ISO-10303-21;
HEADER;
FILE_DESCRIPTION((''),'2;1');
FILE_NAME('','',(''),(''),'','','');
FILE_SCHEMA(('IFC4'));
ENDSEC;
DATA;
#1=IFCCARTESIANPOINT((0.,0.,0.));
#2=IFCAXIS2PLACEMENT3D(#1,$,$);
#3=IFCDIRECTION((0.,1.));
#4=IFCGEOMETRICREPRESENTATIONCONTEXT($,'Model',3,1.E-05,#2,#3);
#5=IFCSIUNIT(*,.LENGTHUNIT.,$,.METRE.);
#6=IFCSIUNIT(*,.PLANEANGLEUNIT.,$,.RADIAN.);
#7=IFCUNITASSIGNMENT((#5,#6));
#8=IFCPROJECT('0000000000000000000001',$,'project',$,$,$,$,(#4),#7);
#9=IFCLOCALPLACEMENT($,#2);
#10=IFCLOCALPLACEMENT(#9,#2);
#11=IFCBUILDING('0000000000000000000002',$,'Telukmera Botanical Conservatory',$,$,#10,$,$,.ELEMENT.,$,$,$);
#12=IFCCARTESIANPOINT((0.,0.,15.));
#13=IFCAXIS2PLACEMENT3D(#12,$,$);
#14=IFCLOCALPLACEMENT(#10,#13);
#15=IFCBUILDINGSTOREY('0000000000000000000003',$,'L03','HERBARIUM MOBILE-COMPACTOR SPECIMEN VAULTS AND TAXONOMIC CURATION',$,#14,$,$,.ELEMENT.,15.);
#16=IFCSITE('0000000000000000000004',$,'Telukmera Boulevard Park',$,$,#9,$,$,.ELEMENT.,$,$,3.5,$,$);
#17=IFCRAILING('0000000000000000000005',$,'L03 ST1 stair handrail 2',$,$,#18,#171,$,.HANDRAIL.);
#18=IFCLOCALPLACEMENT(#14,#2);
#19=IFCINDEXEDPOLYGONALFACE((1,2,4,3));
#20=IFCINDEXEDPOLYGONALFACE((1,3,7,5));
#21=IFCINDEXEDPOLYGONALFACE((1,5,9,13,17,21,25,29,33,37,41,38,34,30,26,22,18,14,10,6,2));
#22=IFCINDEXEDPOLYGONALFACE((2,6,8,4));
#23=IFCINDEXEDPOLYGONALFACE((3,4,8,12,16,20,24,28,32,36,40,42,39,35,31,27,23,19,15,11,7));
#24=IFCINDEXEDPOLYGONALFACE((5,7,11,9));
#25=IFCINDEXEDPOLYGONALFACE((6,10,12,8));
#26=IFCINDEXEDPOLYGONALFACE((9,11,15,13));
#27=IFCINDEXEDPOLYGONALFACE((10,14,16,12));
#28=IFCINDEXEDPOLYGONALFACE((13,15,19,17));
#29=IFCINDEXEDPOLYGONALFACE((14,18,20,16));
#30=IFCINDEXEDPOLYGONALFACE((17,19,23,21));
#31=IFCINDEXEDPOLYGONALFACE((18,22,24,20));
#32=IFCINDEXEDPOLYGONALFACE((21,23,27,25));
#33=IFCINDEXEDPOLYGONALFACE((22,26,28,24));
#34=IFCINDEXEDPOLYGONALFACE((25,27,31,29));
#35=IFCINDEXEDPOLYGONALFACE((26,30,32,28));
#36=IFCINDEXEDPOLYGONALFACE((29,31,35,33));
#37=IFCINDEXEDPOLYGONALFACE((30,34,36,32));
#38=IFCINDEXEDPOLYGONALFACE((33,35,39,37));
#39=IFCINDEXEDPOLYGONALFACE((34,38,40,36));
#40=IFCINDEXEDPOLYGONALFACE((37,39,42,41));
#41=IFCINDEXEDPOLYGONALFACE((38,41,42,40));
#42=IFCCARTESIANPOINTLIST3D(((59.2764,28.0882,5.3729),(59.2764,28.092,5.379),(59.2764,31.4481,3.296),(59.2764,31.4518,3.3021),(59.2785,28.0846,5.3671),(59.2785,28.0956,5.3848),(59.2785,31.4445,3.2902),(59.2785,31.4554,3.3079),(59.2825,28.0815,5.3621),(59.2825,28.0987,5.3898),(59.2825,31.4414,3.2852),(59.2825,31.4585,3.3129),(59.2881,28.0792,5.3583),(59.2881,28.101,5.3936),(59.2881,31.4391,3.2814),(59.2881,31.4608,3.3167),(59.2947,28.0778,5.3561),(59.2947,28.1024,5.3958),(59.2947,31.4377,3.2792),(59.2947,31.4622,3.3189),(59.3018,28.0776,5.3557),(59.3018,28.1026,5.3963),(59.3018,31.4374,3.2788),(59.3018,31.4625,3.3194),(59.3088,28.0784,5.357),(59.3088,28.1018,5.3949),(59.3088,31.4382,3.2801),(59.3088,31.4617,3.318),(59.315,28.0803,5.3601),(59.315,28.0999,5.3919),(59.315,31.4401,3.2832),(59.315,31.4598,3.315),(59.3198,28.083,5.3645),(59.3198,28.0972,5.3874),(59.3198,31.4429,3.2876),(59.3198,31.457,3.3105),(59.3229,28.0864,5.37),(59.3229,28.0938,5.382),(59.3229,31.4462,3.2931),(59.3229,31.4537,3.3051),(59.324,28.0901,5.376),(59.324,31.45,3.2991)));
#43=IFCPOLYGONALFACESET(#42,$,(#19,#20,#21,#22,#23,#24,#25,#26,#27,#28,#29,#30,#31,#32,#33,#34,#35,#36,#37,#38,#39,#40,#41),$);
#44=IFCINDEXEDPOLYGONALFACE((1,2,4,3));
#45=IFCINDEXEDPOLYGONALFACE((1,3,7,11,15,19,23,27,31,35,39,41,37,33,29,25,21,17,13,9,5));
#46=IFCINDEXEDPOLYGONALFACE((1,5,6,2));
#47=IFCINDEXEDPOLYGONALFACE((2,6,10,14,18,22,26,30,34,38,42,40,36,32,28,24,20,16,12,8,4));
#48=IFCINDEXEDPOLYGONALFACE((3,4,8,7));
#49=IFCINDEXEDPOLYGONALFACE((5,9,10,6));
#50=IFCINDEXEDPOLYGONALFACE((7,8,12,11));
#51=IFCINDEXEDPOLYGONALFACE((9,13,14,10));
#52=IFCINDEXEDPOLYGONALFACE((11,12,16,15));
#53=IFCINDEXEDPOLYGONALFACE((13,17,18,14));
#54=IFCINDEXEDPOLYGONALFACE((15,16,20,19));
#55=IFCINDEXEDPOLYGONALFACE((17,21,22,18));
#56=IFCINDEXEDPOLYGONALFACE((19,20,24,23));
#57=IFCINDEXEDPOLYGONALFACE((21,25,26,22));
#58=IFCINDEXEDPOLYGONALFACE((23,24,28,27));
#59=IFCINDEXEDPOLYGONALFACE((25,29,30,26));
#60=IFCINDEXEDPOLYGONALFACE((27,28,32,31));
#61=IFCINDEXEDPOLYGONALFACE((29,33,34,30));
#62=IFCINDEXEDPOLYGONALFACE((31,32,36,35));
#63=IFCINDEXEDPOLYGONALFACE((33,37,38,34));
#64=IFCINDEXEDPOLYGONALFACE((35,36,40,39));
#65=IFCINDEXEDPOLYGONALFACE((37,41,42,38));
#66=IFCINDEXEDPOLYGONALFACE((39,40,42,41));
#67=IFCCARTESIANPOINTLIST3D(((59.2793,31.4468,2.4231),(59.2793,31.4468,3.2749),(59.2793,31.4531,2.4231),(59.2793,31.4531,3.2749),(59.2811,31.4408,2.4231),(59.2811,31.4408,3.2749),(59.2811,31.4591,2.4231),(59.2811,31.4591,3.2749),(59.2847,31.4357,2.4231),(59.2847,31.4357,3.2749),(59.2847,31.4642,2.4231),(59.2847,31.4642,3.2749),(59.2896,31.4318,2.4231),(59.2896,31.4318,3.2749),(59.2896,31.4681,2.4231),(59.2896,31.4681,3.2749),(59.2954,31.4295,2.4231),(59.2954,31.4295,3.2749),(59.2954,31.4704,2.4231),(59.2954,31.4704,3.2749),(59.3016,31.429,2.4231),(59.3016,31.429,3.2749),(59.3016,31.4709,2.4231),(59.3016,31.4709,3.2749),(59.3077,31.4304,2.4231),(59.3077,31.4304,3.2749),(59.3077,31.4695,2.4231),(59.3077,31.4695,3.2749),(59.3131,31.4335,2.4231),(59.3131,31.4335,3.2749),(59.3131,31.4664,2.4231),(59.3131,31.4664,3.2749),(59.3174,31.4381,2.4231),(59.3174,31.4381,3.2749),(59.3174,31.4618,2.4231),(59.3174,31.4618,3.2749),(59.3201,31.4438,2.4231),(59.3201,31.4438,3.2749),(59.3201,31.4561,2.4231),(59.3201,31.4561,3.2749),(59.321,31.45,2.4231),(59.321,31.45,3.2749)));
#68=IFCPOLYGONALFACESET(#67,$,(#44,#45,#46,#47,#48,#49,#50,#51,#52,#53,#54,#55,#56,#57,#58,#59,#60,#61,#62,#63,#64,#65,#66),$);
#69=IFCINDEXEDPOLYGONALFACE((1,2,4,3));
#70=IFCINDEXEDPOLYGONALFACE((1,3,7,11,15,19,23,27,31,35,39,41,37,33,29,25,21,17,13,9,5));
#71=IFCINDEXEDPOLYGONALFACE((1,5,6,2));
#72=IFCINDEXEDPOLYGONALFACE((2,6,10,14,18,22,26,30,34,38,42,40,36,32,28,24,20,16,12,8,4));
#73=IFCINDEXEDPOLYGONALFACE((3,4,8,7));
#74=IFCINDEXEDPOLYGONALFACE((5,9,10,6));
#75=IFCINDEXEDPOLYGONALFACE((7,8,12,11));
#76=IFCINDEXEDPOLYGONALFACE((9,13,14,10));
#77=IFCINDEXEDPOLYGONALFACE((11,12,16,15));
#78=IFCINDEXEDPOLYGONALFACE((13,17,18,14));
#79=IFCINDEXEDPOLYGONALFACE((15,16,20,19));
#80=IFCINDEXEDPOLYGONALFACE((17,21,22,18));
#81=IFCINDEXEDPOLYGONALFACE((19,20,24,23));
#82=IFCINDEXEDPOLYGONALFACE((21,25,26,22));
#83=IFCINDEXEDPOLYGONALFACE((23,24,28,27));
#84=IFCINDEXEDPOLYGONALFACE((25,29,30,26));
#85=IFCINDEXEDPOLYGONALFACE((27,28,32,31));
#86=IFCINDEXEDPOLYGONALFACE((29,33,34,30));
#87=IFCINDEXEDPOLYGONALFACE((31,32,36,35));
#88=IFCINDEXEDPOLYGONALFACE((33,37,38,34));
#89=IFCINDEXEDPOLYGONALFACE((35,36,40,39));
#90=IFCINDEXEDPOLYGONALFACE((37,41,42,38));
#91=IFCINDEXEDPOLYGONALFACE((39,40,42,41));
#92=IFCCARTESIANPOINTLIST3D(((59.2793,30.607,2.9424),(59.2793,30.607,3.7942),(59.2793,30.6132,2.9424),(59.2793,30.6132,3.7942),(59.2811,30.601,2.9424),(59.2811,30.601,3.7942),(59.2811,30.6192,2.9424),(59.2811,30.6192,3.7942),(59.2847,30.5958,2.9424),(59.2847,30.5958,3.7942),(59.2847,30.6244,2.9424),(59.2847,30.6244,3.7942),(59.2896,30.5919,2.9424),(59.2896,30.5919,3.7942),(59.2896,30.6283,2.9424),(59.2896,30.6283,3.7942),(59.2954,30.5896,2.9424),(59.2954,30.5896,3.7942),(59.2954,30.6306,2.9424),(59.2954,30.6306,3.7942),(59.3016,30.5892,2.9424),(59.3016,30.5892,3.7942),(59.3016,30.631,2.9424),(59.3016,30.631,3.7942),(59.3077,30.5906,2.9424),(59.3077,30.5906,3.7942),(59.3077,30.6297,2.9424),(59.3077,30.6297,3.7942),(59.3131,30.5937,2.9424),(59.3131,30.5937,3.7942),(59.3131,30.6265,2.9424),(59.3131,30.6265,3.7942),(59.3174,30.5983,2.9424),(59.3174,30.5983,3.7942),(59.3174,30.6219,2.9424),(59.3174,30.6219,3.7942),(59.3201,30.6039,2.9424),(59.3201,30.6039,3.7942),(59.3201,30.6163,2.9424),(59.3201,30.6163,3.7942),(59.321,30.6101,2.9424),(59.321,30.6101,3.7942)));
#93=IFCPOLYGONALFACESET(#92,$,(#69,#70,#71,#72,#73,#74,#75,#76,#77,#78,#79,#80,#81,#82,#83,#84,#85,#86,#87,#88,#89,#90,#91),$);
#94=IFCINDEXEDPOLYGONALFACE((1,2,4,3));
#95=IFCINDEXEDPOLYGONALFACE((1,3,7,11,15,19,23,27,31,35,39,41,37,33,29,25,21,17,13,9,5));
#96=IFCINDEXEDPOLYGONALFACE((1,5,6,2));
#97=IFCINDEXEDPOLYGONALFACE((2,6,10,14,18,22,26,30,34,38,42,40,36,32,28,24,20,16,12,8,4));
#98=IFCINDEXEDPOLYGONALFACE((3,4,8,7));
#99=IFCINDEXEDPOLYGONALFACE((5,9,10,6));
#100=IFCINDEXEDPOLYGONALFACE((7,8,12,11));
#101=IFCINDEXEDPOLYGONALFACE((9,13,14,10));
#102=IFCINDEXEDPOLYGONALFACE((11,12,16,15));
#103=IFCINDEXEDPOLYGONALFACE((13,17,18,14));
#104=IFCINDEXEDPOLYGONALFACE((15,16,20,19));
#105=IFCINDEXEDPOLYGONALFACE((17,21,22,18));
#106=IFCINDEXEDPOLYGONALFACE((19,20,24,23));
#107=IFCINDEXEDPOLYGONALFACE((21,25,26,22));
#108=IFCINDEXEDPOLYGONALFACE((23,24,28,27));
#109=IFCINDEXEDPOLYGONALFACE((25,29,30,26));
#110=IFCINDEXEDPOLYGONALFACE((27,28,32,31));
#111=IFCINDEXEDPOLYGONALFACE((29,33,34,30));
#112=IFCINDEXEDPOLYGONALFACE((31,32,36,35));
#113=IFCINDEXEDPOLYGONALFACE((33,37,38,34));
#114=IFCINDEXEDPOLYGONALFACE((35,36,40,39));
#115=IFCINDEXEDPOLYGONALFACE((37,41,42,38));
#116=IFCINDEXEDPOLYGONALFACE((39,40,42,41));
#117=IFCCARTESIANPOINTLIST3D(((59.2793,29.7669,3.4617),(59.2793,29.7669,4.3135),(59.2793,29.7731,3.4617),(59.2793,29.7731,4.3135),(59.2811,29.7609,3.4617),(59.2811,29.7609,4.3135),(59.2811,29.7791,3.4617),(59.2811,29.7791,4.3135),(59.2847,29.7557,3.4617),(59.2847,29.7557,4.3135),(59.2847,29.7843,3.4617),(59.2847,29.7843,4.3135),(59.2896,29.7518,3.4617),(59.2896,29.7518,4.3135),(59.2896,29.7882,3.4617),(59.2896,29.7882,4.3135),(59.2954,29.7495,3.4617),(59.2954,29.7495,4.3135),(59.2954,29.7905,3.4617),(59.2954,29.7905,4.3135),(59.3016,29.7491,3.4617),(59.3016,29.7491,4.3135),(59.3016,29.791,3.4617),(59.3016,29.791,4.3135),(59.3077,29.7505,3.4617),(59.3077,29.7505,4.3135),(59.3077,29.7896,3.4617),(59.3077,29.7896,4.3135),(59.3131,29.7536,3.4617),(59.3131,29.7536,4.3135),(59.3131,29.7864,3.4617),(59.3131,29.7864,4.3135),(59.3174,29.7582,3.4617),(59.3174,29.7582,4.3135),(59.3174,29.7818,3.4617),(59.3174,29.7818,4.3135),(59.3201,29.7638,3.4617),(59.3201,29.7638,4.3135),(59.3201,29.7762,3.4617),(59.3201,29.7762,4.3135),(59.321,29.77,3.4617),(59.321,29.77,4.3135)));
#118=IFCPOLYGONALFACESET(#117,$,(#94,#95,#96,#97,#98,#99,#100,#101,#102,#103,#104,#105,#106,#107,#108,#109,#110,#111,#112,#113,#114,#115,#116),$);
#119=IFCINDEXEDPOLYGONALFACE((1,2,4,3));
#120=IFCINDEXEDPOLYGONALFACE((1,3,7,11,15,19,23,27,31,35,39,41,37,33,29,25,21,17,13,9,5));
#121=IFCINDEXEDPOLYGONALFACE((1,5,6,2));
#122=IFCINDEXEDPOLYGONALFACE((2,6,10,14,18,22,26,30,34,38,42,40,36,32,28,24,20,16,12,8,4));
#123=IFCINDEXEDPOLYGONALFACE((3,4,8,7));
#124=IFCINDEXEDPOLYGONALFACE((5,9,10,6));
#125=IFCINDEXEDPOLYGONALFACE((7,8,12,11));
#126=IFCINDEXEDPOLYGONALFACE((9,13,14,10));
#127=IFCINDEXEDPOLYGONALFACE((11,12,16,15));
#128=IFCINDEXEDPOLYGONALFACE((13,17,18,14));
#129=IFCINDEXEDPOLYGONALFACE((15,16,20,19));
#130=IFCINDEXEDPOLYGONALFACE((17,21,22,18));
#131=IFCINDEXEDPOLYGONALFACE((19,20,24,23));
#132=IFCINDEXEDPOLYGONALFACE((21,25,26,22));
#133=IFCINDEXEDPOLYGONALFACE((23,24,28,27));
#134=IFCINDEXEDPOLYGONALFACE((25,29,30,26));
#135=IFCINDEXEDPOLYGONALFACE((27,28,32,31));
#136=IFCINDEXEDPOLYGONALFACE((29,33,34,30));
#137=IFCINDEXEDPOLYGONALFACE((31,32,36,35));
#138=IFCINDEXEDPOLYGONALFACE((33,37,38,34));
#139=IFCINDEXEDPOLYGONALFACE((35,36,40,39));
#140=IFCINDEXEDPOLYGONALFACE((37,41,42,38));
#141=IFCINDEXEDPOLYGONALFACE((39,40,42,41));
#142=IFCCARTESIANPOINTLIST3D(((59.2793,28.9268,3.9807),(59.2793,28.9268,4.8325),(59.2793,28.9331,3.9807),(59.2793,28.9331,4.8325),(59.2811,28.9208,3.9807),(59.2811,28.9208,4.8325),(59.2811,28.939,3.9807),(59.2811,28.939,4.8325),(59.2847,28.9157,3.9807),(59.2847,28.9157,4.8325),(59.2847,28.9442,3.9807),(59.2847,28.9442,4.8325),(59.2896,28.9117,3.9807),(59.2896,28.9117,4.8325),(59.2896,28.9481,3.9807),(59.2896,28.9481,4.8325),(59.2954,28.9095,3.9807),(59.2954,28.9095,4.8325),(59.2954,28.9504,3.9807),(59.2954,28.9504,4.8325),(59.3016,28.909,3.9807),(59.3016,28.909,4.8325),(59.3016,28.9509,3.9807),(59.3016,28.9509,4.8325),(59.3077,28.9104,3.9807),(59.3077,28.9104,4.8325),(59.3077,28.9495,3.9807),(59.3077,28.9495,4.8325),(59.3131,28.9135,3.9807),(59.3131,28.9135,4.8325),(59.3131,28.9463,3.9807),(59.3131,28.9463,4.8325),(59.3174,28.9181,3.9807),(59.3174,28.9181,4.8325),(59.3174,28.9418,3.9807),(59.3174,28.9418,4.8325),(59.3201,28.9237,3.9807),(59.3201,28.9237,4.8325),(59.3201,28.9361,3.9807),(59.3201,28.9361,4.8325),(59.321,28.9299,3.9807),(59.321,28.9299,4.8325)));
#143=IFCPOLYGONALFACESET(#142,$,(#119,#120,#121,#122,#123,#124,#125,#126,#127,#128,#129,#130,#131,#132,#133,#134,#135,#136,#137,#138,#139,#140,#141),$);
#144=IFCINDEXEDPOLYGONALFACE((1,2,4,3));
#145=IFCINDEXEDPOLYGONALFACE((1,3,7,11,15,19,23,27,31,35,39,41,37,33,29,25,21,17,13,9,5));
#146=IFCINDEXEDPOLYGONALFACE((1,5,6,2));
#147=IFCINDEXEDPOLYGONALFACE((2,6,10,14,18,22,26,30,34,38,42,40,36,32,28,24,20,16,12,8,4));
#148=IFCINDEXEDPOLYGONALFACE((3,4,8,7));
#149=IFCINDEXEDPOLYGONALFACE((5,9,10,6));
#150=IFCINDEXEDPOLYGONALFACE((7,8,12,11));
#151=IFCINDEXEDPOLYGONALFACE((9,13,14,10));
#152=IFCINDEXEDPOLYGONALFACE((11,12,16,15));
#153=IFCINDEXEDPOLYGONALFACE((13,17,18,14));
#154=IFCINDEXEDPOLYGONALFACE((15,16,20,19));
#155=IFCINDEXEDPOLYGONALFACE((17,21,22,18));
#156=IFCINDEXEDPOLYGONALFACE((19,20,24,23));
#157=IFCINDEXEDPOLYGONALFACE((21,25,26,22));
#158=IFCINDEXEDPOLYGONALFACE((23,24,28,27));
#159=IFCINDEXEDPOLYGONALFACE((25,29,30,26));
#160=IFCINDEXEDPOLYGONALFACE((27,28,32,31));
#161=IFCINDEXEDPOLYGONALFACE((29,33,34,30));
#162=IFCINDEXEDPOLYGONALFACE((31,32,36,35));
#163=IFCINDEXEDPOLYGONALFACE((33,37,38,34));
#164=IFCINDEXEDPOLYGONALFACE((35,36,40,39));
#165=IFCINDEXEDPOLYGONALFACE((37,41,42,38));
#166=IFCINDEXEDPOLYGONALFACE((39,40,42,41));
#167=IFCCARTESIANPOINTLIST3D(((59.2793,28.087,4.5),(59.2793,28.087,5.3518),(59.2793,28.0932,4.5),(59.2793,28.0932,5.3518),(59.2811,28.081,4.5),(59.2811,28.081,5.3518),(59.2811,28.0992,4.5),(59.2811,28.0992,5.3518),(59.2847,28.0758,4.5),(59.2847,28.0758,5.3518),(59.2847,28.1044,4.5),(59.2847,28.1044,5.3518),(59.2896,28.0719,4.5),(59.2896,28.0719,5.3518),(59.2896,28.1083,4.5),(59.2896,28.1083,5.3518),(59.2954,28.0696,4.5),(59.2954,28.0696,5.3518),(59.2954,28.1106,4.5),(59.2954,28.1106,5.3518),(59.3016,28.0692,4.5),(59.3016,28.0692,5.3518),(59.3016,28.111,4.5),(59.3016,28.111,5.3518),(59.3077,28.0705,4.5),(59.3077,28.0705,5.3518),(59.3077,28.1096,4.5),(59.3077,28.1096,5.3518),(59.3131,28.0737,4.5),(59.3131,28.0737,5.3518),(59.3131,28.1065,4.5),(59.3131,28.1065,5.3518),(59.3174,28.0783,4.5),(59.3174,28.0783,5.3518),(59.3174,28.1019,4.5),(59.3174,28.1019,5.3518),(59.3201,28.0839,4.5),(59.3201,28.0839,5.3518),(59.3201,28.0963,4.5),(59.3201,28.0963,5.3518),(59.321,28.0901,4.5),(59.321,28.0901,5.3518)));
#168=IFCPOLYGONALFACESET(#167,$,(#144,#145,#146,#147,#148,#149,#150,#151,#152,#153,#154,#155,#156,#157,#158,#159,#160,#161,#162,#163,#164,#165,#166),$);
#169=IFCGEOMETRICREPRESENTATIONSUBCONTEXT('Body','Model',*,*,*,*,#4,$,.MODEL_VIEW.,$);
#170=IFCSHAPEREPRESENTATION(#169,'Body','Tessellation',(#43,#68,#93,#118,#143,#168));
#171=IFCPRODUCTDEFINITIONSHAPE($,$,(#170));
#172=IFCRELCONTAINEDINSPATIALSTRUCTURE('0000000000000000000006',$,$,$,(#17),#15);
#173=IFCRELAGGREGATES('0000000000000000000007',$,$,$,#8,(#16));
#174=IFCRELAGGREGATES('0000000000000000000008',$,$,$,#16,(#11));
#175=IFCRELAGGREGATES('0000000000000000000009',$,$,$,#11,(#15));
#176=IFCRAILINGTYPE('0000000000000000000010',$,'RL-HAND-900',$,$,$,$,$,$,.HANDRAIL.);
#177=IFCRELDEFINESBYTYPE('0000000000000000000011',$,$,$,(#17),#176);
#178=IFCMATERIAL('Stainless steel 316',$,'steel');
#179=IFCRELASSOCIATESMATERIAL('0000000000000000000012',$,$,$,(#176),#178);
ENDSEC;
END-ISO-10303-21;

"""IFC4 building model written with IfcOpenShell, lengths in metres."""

from ifc_helpers import new_model, si_unit, direction, frame, origin, origin_2d, place, context, subcontext, project, spatial, circle, extrude, material, type_object, element, save


model = new_model("IFC4")

# Units and contexts
model_context = context("Model", 3, precision=1e-05, world=origin(), true_north=direction((0.0, 1.0)))
body_context = subcontext(model_context, "Body", "Model", "MODEL_VIEW")
ifc_project = project(units=[si_unit("LENGTHUNIT", "METRE"), si_unit("PLANEANGLEUNIT", "RADIAN")], contexts=[model_context])

# Site, building, storey
site_placement = place(None, origin())
site = spatial("IfcSite", under=ifc_project, at=site_placement, Name="Telukmera Boulevard Park", CompositionType="ELEMENT", RefElevation=3.5)
building_placement = place(site_placement, origin())
building = spatial("IfcBuilding", under=site, at=building_placement, Name="Telukmera Botanical Conservatory", CompositionType="ELEMENT")
storey_placement = place(building_placement, frame((0.0, 0.0, 15.0)))
storey = spatial("IfcBuildingStorey", under=building, at=storey_placement, Name="L03", Description="HERBARIUM MOBILE-COMPACTOR SPECIMEN VAULTS AND TAXONOMIC CURATION", CompositionType="ELEMENT", Elevation=15.0)

# Shared definitions
ifc_material_1 = material(Name="Stainless steel 316", Category="steel")

# Railing
railing_type_1 = type_object("IfcRailingType", Name="RL-HAND-900", PredefinedType="HANDRAIL", material=ifc_material_1)
railing_1_placement = place(storey_placement, frame((59.3, 31.45, 2.4231)))
element("IfcRailing", 1, at=railing_1_placement, inside=storey, type_object=railing_type_1, Name="L03 ST1 stair handrail 2", PredefinedType="HANDRAIL", context=body_context, shape_type="SweptSolid", body=[
    extrude(circle(Radius=0.0239, at=origin_2d()), frame((0.0, 0.0, 0.876), z_axis=(0.0, -0.850606, 0.525803), x_axis=(1.0, 0.0, 0.0)), (0.0, 0.0, 1.0), 3.95),
    extrude(circle(Radius=0.021, at=origin_2d()), origin(), (0.0, 0.0, 1.0), 0.8518),
    extrude(circle(Radius=0.021, at=origin_2d()), frame((0.0, -0.8398, 0.5193)), (0.0, 0.0, 1.0), 0.8518),
    extrude(circle(Radius=0.021, at=origin_2d()), frame((0.0, -1.6799, 1.0386)), (0.0, 0.0, 1.0), 0.8518),
    extrude(circle(Radius=0.021, at=origin_2d()), frame((0.0, -2.52, 1.5576)), (0.0, 0.0, 1.0), 0.8518),
    extrude(circle(Radius=0.021, at=origin_2d()), frame((0.0, -3.3599, 2.0769)), (0.0, 0.0, 1.0), 0.8518),
])

save(model, "model.ifc")
